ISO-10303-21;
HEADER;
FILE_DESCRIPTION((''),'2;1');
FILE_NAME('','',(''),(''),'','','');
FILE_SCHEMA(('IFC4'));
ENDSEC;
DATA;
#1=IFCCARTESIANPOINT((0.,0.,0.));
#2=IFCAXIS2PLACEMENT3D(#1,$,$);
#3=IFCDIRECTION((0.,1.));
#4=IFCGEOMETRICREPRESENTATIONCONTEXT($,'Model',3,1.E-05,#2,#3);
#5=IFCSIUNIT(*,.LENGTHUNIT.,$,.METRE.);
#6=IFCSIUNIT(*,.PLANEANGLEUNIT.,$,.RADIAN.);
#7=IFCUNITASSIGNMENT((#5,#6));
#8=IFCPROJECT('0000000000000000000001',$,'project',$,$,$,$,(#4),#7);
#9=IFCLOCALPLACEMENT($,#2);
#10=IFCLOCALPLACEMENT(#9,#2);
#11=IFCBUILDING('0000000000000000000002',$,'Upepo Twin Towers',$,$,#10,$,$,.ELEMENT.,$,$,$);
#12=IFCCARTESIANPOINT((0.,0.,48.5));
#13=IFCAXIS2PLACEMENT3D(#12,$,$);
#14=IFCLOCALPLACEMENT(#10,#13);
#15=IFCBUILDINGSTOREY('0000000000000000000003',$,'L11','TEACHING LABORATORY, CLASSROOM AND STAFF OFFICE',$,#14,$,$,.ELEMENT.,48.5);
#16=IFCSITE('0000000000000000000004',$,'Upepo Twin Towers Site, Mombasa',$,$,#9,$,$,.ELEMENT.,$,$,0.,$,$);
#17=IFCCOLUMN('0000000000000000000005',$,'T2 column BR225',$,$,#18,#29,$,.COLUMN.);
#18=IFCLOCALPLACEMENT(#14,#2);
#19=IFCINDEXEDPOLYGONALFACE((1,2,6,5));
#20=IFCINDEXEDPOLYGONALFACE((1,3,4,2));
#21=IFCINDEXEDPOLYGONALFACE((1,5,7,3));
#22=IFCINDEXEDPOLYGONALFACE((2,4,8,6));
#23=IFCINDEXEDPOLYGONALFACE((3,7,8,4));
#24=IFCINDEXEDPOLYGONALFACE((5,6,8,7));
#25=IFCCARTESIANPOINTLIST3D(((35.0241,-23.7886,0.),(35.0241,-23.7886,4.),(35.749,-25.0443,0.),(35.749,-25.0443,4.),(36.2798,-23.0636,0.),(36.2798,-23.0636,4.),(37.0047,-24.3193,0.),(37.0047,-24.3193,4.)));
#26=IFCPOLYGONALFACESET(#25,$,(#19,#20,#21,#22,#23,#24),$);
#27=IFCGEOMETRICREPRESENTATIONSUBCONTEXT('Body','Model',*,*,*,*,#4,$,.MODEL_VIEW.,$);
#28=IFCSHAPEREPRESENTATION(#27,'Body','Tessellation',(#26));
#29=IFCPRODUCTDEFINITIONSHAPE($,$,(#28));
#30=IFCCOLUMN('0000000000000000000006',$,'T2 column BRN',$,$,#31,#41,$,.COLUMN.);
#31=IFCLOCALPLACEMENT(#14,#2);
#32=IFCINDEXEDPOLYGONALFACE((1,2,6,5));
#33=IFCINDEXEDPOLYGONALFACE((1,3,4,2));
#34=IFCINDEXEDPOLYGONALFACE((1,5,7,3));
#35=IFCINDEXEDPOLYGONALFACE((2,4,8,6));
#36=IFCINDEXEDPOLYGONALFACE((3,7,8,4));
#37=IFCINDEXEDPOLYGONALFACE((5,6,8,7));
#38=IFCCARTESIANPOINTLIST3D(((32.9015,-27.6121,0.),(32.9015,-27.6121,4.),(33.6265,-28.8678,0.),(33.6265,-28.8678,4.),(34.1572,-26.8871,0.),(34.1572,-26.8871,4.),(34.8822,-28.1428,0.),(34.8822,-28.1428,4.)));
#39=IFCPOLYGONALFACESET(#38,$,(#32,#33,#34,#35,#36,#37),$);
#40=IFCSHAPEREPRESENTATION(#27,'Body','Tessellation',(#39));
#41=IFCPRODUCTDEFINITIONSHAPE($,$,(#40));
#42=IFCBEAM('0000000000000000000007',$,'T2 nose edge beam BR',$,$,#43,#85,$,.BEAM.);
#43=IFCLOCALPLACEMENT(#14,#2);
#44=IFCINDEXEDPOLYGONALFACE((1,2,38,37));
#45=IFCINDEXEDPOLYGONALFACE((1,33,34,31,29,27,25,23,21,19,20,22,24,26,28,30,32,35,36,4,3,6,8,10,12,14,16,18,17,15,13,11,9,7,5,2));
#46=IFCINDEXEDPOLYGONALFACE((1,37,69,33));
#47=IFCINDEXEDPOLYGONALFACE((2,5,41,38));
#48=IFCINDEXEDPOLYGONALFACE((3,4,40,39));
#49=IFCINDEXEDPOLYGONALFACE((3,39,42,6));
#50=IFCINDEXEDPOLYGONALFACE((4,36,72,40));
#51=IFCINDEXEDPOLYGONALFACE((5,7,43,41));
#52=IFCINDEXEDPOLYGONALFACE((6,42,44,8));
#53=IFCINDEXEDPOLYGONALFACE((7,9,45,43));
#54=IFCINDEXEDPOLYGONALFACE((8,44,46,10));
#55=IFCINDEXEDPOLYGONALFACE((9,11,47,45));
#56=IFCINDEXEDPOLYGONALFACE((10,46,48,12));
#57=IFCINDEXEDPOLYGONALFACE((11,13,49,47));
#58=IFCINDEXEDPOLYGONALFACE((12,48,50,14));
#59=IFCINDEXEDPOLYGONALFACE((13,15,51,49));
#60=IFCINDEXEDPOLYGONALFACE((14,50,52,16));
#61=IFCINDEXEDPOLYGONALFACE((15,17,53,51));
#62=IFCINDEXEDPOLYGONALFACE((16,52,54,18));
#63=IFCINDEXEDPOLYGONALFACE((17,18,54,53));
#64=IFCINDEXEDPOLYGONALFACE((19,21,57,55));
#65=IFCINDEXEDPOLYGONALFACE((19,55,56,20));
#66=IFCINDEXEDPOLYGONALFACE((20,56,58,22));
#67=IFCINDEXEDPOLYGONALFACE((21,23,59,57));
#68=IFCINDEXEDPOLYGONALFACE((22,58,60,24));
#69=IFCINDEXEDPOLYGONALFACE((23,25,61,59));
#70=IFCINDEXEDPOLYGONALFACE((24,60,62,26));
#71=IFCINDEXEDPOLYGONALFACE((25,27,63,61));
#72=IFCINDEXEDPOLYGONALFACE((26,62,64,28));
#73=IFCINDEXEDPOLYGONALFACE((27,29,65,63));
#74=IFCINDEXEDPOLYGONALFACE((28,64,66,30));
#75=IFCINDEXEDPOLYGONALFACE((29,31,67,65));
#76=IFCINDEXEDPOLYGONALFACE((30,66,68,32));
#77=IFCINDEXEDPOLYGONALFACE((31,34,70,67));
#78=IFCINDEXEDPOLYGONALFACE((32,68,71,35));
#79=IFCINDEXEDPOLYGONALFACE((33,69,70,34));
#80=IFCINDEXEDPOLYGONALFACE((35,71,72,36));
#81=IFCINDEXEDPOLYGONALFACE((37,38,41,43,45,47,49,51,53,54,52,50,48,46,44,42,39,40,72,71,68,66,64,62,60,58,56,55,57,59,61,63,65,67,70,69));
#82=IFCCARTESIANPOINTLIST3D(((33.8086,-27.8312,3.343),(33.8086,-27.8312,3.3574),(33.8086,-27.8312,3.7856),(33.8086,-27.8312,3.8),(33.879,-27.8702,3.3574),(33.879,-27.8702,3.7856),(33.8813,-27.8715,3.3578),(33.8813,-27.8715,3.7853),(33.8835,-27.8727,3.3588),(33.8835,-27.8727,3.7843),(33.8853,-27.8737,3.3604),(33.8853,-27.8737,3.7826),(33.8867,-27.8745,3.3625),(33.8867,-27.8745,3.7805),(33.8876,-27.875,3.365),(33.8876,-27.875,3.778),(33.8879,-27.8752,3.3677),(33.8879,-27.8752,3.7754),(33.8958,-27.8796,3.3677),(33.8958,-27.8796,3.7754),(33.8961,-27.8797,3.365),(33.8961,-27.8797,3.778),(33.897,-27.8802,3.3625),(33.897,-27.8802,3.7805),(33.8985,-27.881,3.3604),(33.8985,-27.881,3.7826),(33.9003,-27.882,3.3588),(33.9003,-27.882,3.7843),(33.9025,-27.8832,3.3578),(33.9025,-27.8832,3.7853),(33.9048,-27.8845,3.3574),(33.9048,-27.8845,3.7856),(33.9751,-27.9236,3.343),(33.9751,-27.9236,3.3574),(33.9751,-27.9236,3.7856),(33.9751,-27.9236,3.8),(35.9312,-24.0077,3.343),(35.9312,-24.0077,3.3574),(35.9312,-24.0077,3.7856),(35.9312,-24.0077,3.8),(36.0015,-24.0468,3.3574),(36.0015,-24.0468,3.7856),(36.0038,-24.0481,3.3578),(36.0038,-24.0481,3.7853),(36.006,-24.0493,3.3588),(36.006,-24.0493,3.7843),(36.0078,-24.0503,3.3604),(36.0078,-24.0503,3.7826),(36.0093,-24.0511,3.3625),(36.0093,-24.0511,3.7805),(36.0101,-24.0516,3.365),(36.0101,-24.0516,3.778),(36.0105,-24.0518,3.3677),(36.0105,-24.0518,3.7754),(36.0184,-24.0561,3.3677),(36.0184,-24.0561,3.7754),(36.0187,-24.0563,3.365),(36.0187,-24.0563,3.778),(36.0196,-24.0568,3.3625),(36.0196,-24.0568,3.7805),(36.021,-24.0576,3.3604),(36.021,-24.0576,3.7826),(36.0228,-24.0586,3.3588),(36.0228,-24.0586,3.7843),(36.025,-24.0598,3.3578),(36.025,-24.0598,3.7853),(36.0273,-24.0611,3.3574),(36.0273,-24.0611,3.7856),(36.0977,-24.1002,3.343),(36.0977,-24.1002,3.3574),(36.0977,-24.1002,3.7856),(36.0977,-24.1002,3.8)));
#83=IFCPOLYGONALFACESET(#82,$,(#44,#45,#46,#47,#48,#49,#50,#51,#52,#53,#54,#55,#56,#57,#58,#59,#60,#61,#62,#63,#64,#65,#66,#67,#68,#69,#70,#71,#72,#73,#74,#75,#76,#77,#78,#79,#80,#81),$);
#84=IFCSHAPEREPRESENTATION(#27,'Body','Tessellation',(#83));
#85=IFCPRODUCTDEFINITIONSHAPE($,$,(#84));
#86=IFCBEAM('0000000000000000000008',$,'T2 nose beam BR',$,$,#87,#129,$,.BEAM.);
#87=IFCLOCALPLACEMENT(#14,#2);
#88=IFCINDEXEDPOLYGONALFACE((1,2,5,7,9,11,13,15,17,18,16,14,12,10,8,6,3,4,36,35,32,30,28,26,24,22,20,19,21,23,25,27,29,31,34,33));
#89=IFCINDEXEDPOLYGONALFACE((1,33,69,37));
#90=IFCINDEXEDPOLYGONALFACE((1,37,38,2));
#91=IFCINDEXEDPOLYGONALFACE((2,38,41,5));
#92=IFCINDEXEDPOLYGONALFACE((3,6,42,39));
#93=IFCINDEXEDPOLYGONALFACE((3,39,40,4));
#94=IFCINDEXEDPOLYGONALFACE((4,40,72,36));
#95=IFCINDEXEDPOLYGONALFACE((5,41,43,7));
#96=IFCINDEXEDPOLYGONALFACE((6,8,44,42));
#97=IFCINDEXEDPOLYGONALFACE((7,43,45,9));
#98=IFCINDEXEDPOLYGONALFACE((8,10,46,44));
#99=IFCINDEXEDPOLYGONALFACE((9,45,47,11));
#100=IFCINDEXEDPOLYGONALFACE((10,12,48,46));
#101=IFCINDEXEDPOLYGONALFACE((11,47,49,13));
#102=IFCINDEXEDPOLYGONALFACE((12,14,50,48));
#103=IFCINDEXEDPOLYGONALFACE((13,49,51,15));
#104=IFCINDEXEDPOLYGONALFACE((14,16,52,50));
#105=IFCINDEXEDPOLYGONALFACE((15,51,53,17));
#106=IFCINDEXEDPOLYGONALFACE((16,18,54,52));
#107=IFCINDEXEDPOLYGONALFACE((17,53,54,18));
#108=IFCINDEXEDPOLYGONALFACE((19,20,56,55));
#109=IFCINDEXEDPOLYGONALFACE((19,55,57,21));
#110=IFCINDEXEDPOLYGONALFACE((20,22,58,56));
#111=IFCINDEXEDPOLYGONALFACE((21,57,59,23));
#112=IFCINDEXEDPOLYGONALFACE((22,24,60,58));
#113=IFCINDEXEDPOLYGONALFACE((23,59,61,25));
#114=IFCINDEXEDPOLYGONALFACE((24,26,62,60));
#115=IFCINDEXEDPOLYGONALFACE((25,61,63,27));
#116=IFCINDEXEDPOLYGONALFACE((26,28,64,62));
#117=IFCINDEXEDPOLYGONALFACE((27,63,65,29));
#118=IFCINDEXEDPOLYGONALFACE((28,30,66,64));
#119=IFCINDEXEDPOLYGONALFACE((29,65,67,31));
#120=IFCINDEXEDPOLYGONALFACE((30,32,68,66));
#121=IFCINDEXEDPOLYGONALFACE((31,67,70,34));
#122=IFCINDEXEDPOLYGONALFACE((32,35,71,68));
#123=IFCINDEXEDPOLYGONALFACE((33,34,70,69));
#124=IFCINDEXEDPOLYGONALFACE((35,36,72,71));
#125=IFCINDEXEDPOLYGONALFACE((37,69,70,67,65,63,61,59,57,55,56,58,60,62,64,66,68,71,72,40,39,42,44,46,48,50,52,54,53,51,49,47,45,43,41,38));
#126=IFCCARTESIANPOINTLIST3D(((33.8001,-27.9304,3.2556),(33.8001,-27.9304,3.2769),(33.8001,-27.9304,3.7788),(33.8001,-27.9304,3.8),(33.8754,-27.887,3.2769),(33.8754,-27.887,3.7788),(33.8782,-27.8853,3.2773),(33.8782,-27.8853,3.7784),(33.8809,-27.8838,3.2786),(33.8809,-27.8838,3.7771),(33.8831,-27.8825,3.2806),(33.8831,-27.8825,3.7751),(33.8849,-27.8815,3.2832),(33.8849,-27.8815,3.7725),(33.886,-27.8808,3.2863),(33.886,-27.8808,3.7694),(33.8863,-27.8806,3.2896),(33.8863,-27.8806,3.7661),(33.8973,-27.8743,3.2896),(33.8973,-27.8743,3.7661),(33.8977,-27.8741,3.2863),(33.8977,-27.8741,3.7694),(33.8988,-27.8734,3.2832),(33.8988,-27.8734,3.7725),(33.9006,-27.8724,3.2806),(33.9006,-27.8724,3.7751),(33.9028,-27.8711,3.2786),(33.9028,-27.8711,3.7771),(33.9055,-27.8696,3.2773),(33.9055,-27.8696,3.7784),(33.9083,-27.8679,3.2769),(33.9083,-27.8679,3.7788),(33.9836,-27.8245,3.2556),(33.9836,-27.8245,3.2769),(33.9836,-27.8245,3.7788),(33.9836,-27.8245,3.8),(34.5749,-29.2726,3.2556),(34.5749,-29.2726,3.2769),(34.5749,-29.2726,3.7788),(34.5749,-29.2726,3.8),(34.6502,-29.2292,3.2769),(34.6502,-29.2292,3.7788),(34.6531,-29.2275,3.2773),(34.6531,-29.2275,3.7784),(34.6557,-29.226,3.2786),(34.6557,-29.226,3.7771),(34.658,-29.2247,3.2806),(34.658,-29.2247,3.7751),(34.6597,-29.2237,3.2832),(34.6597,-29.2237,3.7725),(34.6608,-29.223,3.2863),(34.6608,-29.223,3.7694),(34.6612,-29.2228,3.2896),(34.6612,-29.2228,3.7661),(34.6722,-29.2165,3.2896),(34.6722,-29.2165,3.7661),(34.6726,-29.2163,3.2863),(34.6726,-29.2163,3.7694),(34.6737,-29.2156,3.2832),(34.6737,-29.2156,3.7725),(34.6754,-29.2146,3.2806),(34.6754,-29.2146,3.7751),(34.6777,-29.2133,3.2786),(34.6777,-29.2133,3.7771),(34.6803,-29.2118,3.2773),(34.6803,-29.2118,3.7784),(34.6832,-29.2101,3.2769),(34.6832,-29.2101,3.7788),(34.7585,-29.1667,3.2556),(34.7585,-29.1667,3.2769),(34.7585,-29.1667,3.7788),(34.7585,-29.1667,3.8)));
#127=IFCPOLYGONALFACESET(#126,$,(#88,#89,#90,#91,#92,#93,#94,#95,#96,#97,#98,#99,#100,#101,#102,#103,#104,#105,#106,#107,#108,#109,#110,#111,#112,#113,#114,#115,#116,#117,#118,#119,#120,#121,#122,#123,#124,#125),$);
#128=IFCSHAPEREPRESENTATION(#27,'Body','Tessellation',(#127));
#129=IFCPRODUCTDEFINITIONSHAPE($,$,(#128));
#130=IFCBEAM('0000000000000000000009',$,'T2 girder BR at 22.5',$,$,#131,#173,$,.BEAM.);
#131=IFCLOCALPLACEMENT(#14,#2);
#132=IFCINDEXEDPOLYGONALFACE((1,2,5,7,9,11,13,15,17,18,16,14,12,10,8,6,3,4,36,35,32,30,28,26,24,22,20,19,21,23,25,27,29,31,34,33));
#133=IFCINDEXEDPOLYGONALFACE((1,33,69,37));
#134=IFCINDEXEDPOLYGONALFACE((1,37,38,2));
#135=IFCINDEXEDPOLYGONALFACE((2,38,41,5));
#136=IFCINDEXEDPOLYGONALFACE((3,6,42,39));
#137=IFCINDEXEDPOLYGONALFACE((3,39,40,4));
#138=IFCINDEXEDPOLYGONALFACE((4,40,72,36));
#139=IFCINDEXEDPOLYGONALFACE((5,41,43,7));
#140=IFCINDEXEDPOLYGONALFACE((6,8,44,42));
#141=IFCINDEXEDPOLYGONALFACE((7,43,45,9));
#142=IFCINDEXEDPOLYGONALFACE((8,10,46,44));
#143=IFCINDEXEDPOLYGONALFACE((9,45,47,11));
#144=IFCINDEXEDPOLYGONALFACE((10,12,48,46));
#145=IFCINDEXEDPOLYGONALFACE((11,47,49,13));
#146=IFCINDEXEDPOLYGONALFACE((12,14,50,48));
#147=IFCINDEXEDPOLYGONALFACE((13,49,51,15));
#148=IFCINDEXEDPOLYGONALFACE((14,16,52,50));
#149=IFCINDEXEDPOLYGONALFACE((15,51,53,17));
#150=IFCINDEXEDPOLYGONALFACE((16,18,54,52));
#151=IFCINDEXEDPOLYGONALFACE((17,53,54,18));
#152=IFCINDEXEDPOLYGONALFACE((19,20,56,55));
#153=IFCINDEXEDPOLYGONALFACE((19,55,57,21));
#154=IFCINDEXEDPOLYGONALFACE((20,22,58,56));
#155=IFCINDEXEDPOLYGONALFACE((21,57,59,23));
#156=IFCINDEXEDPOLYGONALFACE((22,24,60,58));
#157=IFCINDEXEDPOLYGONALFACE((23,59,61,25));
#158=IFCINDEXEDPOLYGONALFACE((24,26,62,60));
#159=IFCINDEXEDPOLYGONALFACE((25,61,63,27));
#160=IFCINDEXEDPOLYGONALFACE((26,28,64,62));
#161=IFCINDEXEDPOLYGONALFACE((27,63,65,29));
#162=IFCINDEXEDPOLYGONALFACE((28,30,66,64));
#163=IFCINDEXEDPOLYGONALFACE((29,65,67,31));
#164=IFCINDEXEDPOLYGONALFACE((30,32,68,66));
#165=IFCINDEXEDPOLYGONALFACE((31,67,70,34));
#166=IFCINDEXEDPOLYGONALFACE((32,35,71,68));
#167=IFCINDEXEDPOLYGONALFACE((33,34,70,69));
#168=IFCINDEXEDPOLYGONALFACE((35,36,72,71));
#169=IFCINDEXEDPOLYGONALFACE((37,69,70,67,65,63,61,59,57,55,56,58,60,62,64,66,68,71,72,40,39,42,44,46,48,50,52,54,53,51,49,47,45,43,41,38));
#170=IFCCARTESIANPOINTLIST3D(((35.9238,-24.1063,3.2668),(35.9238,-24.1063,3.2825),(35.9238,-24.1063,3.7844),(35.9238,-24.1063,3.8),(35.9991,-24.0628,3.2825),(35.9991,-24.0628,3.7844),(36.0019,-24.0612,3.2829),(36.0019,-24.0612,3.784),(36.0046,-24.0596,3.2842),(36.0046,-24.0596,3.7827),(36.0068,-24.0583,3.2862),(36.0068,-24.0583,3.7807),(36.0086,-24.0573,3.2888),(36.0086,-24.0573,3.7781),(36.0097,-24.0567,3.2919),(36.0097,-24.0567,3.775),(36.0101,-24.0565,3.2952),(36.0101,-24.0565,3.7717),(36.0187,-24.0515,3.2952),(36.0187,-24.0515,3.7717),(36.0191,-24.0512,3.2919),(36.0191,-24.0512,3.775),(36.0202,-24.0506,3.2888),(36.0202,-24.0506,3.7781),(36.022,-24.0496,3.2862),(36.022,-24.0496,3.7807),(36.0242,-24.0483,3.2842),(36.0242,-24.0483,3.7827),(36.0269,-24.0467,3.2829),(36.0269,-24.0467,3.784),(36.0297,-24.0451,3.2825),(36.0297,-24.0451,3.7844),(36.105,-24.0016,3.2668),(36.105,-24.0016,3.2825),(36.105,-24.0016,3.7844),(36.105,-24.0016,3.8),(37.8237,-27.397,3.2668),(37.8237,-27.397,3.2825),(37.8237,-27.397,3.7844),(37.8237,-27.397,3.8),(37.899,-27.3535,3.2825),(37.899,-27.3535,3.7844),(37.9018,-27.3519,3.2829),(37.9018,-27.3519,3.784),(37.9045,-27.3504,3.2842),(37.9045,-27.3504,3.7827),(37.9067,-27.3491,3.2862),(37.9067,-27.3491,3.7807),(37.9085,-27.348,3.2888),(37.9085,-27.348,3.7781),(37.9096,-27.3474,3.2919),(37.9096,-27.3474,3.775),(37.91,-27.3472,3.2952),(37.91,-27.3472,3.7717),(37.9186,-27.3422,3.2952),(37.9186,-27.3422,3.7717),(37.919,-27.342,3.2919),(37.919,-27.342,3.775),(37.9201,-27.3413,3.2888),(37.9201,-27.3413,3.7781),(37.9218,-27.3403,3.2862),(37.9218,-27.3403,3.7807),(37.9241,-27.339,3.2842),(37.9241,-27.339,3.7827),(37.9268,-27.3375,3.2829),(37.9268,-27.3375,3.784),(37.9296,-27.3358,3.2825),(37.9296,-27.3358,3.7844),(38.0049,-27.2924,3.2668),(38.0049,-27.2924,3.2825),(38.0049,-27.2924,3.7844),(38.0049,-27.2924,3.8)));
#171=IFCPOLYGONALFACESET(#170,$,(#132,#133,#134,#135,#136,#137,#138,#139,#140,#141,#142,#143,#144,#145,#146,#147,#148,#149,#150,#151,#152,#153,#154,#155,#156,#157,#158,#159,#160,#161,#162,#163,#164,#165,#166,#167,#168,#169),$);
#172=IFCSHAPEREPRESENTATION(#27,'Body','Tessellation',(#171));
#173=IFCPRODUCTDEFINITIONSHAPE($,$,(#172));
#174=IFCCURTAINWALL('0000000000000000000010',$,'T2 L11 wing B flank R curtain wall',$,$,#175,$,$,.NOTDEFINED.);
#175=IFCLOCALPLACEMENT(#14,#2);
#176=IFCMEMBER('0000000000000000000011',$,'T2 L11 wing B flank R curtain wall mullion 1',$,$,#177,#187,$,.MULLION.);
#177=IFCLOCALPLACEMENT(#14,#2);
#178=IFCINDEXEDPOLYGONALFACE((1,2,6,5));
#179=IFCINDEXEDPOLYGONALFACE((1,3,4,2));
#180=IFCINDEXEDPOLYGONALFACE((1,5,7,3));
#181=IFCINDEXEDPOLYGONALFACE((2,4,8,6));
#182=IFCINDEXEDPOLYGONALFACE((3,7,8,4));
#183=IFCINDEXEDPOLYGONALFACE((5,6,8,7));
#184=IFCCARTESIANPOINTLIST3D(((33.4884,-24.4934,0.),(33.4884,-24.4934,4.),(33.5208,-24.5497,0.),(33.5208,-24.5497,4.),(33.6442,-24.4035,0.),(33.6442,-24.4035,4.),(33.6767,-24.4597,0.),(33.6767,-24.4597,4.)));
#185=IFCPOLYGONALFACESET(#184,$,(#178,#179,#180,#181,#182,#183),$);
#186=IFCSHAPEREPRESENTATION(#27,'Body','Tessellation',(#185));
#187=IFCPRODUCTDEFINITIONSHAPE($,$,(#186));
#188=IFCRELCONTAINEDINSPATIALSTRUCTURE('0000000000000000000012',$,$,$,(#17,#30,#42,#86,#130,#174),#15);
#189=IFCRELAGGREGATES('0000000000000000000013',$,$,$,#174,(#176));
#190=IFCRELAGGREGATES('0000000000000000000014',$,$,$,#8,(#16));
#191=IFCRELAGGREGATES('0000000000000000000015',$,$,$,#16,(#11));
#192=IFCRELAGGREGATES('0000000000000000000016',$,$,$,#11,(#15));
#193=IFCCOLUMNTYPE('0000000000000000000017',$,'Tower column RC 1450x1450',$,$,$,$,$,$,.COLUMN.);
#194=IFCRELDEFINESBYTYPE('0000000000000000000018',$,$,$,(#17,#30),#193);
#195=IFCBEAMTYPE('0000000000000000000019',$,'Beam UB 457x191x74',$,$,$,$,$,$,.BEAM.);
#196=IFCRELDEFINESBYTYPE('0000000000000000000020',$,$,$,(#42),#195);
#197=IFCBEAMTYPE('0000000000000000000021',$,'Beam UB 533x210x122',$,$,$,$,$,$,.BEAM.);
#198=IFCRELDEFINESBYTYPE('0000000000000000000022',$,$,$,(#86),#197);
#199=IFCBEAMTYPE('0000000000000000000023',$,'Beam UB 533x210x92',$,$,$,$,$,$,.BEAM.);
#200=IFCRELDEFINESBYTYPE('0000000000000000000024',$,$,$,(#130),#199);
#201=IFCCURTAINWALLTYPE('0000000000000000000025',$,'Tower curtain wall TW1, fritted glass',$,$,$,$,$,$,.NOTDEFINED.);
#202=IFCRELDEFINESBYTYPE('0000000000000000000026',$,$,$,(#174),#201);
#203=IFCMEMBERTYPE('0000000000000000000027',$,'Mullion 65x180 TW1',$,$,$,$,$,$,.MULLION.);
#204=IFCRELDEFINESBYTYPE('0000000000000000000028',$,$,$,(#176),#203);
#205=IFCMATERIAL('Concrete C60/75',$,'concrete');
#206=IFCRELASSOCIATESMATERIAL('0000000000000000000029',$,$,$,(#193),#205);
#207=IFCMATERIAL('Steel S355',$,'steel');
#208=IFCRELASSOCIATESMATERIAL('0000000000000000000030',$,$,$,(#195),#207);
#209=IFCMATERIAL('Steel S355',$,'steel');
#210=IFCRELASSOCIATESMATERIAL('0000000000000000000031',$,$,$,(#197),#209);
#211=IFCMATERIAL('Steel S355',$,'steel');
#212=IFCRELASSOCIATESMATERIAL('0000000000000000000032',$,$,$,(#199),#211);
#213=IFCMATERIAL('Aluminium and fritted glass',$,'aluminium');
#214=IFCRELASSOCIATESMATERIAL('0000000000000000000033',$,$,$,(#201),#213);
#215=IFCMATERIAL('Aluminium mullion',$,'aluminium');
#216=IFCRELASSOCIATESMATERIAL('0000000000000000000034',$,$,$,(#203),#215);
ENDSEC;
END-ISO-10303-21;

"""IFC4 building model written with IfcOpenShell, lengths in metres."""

from ifc_helpers import new_model, si_unit, direction, frame, origin, origin_2d, place, context, subcontext, project, spatial, rectangle, i_section, extrude, material, material_profile, profile_set, type_object, element, aggregate, save


model = new_model("IFC4")

# Units and contexts
model_context = context("Model", 3, precision=1e-05, world=origin(), true_north=direction((0.0, 1.0)))
body_context = subcontext(model_context, "Body", "Model", "MODEL_VIEW")
ifc_project = project(units=[si_unit("LENGTHUNIT", "METRE"), si_unit("PLANEANGLEUNIT", "RADIAN")], contexts=[model_context])

# Site, building, storey
site_placement = place(None, origin())
site = spatial("IfcSite", under=ifc_project, at=site_placement, Name="Upepo Twin Towers Site, Mombasa", CompositionType="ELEMENT", RefElevation=0.0)
building_placement = place(site_placement, origin())
building = spatial("IfcBuilding", under=site, at=building_placement, Name="Upepo Twin Towers", CompositionType="ELEMENT")
storey_placement = place(building_placement, frame((0.0, 0.0, 48.5)))
storey = spatial("IfcBuildingStorey", under=building, at=storey_placement, Name="L11", Description="TEACHING LABORATORY, CLASSROOM AND STAFF OFFICE", CompositionType="ELEMENT", Elevation=48.5)

# Columns
ifc_material_1 = material(Name="Concrete C60/75", Category="concrete")
ifc_material_profile_1 = material_profile(ifc_material_1, rectangle(XDim=1.45, YDim=1.45, at=origin_2d()), Name="RC 1450x1450")
ifc_profile_set_1 = profile_set([ifc_material_profile_1], Name="Concrete C60/75")
column_type = type_object("IfcColumnType", Name="Tower column RC 1450x1450", PredefinedType="COLUMN", material=ifc_profile_set_1)
for number, where, z_axis, x_axis, name in (
    (1, (36.0144, -24.054, 0.0), (0.0, 0.0, 1.0), (0.866025, 0.5, 0.0), "T2 column BR225"),
    (2, (33.8918, -27.8774, 0.0), (0.0, 0.0, 1.0), (0.866025, 0.5, 0.0), "T2 column BRN"),
):
    element("IfcColumn", number, at=place(storey_placement, frame(where, z_axis=z_axis, x_axis=x_axis)), inside=storey, type_object=column_type, Name=name, PredefinedType="COLUMN", context=body_context, shape_type="SweptSolid", body=[
        extrude(rectangle(XDim=1.45, YDim=1.45, at=origin_2d()), origin(), (0.0, 0.0, 1.0), 4.0),
    ])

# Beams
ifc_material_2 = material(Name="Steel S355", Category="steel")
ifc_material_profile_2 = material_profile(ifc_material_2, i_section(OverallWidth=0.1904, OverallDepth=0.457, WebThickness=0.009, FlangeThickness=0.0144, FilletRadius=0.0103, at=origin_2d()), Name="UB 457x191x74")
ifc_profile_set_2 = profile_set([ifc_material_profile_2], Name="Steel S355")
beam_type_1 = type_object("IfcBeamType", Name="Beam UB 457x191x74", PredefinedType="BEAM", material=ifc_profile_set_2)
beam_1_placement = place(storey_placement, frame((36.0144, -24.054, 3.5715), z_axis=(-0.485363, -0.874313, 0.0), x_axis=(0.874313, -0.485363, 0.0)))
element("IfcBeam", 3, at=beam_1_placement, inside=storey, type_object=beam_type_1, Name="T2 nose edge beam BR", PredefinedType="BEAM", context=body_context, shape_type="SweptSolid", body=[
    extrude(i_section(OverallWidth=0.1904, OverallDepth=0.457, WebThickness=0.009, FlangeThickness=0.0144, FilletRadius=0.0103, at=origin_2d()), origin(), (0.0, 0.0, 1.0), 4.373),
])
ifc_material_3 = material(Name="Steel S355", Category="steel")
ifc_material_profile_3 = material_profile(ifc_material_3, i_section(OverallWidth=0.2119, OverallDepth=0.5444, WebThickness=0.0127, FlangeThickness=0.0212, FilletRadius=0.0127, at=origin_2d()), Name="UB 533x210x122")
ifc_profile_set_3 = profile_set([ifc_material_profile_3], Name="Steel S355")
beam_type_2 = type_object("IfcBeamType", Name="Beam UB 533x210x122", PredefinedType="BEAM", material=ifc_profile_set_3)
beam_2_placement = place(storey_placement, frame((33.8918, -27.8774, 3.5278), z_axis=(0.499968, -0.866044, 0.0), x_axis=(0.866044, 0.499968, 0.0)))
element("IfcBeam", 4, at=beam_2_placement, inside=storey, type_object=beam_type_2, Name="T2 nose beam BR", PredefinedType="BEAM", context=body_context, shape_type="SweptSolid", body=[
    extrude(i_section(OverallWidth=0.2119, OverallDepth=0.5444, WebThickness=0.0127, FlangeThickness=0.0212, FilletRadius=0.0127, at=origin_2d()), origin(), (0.0, 0.0, 1.0), 1.5498),
])
ifc_material_4 = material(Name="Steel S355", Category="steel")
ifc_material_profile_4 = material_profile(ifc_material_4, i_section(OverallWidth=0.2092, OverallDepth=0.5332, WebThickness=0.01, FlangeThickness=0.0156, FilletRadius=0.0127, at=origin_2d()), Name="UB 533x210x92")
ifc_profile_set_4 = profile_set([ifc_material_profile_4], Name="Steel S355")
beam_type_3 = type_object("IfcBeamType", Name="Beam UB 533x210x92", PredefinedType="BEAM", material=ifc_profile_set_4)
beam_3_placement = place(storey_placement, frame((36.0144, -24.054, 3.5334), z_axis=(0.499995, -0.866028, 0.0), x_axis=(0.866028, 0.499995, 0.0)))
element("IfcBeam", 5, at=beam_3_placement, inside=storey, type_object=beam_type_3, Name="T2 girder BR at 22.5", PredefinedType="BEAM", context=body_context, shape_type="SweptSolid", body=[
    extrude(i_section(OverallWidth=0.2092, OverallDepth=0.5332, WebThickness=0.01, FlangeThickness=0.0156, FilletRadius=0.0127, at=origin_2d()), origin(), (0.0, 0.0, 1.0), 3.7998),
])

# Curtain wall, member
ifc_material_5 = material(Name="Aluminium and fritted glass", Category="aluminium")
curtain_wall_type = type_object("IfcCurtainWallType", Name="Tower curtain wall TW1, fritted glass", PredefinedType="NOTDEFINED", material=ifc_material_5)
curtain_wall_1_placement = place(storey_placement, origin())
curtain_wall_1 = element("IfcCurtainWall", 6, at=curtain_wall_1_placement, inside=storey, type_object=curtain_wall_type, Name="T2 L11 wing B flank R curtain wall", PredefinedType="NOTDEFINED")
ifc_material_6 = material(Name="Aluminium mullion", Category="aluminium")
ifc_material_profile_5 = material_profile(ifc_material_6, rectangle(XDim=0.0649, YDim=0.1799, at=origin_2d()), Name="MULLION 65x180")
ifc_profile_set_5 = profile_set([ifc_material_profile_5], Name="Aluminium mullion")
member_type_1 = type_object("IfcMemberType", Name="Mullion 65x180 TW1", PredefinedType="MULLION", material=ifc_profile_set_5)
member_1_placement = place(storey_placement, frame((33.5825, -24.4766, 0.0), z_axis=(0.0, 0.0, 1.0), x_axis=(-0.5, 0.866025, 0.0)))
member_1 = element("IfcMember", 7, at=member_1_placement, type_object=member_type_1, Name="T2 L11 wing B flank R curtain wall mullion 1", PredefinedType="MULLION", context=body_context, shape_type="SweptSolid", body=[
    extrude(rectangle(XDim=0.0649, YDim=0.1799, at=origin_2d()), origin(), (0.0, 0.0, 1.0), 4.0),
])

aggregate(curtain_wall_1, [member_1])

save(model, "model.ifc")
